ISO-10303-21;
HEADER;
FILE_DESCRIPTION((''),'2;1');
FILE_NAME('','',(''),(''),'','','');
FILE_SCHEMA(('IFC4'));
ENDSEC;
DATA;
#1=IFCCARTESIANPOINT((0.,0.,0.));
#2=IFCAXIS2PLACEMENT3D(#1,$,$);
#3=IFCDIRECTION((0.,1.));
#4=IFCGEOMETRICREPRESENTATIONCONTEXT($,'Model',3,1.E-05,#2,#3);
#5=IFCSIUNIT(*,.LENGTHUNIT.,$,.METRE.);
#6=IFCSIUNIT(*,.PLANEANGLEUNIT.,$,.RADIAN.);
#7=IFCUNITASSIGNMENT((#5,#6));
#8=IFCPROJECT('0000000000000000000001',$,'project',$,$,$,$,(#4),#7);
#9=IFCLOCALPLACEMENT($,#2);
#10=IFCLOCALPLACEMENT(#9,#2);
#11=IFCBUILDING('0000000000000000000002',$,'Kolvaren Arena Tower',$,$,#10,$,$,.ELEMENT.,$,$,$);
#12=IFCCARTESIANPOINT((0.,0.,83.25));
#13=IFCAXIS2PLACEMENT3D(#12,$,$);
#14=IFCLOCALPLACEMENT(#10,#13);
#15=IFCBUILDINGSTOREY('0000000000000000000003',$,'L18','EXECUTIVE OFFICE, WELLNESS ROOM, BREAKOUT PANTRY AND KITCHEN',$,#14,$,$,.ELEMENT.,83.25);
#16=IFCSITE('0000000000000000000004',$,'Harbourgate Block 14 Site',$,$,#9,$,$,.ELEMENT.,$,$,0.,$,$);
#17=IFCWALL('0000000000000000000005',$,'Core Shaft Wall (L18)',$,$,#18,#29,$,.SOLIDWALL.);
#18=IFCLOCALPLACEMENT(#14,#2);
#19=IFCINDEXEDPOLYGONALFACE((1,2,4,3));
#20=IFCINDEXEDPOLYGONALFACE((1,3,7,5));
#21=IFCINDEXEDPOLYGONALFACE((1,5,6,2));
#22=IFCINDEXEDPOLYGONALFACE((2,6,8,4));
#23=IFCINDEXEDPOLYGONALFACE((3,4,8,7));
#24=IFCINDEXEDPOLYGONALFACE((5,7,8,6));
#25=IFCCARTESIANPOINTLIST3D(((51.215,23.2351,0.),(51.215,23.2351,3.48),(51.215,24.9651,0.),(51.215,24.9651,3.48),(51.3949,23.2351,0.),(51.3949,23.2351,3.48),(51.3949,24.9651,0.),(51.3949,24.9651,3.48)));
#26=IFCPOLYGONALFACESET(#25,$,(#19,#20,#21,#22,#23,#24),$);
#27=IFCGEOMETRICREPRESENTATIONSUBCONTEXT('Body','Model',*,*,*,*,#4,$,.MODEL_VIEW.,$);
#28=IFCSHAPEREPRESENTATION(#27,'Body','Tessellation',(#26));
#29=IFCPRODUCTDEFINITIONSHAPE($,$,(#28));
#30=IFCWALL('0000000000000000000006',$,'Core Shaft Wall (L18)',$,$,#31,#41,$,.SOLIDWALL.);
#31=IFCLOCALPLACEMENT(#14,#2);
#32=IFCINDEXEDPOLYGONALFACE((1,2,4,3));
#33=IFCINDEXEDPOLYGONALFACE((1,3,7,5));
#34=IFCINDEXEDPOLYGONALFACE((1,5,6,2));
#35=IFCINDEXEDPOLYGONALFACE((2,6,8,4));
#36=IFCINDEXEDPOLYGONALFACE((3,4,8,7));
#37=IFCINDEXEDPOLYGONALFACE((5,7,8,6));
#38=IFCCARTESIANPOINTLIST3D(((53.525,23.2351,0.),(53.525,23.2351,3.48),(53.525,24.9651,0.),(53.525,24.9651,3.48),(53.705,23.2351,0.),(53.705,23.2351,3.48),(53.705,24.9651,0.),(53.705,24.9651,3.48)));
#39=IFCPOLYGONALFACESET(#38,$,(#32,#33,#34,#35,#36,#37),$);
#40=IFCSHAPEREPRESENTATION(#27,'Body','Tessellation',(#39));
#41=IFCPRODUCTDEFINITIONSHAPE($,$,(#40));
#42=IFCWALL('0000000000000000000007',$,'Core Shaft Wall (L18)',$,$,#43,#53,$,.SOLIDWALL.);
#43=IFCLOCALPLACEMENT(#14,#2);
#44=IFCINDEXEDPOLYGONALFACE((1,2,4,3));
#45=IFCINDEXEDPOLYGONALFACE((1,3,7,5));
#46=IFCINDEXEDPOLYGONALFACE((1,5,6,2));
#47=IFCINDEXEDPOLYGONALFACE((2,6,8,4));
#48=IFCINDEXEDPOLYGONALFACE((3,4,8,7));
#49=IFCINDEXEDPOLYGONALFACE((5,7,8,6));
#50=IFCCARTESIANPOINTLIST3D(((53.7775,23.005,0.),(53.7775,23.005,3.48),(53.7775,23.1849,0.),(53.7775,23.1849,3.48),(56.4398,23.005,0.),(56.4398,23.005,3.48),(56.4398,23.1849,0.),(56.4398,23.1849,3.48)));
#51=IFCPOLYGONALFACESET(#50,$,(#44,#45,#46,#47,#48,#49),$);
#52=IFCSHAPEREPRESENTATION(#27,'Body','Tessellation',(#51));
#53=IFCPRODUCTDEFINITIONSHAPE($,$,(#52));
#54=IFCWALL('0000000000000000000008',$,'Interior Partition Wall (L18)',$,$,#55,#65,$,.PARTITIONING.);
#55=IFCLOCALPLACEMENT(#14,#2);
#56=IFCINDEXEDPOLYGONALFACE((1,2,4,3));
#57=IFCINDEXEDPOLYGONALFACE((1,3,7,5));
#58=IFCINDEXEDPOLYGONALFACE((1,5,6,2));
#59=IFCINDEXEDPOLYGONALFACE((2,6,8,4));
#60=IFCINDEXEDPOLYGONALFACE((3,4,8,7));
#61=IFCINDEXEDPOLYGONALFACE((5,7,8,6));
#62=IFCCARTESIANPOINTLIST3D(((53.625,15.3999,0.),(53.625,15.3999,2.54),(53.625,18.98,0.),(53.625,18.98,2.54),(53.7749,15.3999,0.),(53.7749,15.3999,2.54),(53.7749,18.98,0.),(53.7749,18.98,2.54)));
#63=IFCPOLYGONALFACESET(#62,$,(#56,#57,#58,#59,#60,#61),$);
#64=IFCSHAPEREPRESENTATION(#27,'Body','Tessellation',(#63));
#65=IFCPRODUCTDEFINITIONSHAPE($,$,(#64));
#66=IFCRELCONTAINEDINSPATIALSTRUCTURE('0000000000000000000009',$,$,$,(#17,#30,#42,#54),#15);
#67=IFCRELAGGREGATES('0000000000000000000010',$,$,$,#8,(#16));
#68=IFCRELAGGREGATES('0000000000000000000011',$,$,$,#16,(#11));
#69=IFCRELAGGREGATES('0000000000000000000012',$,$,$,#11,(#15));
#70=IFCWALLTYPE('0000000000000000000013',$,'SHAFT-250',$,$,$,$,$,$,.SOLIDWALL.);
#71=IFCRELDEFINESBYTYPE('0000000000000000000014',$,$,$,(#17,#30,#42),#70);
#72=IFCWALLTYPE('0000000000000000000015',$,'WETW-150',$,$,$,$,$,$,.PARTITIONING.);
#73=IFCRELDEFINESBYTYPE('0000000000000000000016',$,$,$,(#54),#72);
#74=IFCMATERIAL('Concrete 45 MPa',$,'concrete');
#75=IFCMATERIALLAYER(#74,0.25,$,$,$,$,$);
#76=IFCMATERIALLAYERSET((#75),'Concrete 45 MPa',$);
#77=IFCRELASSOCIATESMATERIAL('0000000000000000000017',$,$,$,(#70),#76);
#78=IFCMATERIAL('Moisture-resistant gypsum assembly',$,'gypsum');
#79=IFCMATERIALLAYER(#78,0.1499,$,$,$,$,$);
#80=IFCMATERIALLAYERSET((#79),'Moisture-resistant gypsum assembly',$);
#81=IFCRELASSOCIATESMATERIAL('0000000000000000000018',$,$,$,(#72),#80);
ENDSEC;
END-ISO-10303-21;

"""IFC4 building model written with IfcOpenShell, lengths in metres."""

from ifc_helpers import new_model, si_unit, direction, frame, frame_2d, origin, place, context, subcontext, project, spatial, rectangle, extrude, material, layer, layer_set, type_object, element, save


model = new_model("IFC4")

# Units and contexts
model_context = context("Model", 3, precision=1e-05, world=origin(), true_north=direction((0.0, 1.0)))
body_context = subcontext(model_context, "Body", "Model", "MODEL_VIEW")
ifc_project = project(units=[si_unit("LENGTHUNIT", "METRE"), si_unit("PLANEANGLEUNIT", "RADIAN")], contexts=[model_context])

# Site, building, storey
site_placement = place(None, origin())
site = spatial("IfcSite", under=ifc_project, at=site_placement, Name="Harbourgate Block 14 Site", CompositionType="ELEMENT", RefElevation=0.0)
building_placement = place(site_placement, origin())
building = spatial("IfcBuilding", under=site, at=building_placement, Name="Kolvaren Arena Tower", CompositionType="ELEMENT")
storey_placement = place(building_placement, frame((0.0, 0.0, 83.25)))
storey = spatial("IfcBuildingStorey", under=building, at=storey_placement, Name="L18", Description="EXECUTIVE OFFICE, WELLNESS ROOM, BREAKOUT PANTRY AND KITCHEN", CompositionType="ELEMENT", Elevation=83.25)

# Shared definitions
ifc_material_1 = material(Name="Concrete 45 MPa", Category="concrete")
ifc_layer_1 = layer(ifc_material_1, 0.25)
ifc_layer_set_1 = layer_set([ifc_layer_1], Name="Concrete 45 MPa")
wall_type_1 = type_object("IfcWallType", Name="SHAFT-250", PredefinedType="SOLIDWALL", material=ifc_layer_set_1)

# Walls
for number, where, z_axis, x_axis, name in (
    (1, (51.3049, 23.2351, 0.0), (0.0, 0.0, 1.0), (0.0, 1.0, 0.0), "Core Shaft Wall (L18)"),
    (2, (53.615, 23.2351, 0.0), (0.0, 0.0, 1.0), (0.0, 1.0, 0.0), "Core Shaft Wall (L18)"),
):
    element("IfcWall", number, at=place(storey_placement, frame(where, z_axis=z_axis, x_axis=x_axis)), inside=storey, type_object=wall_type_1, Name=name, PredefinedType="SOLIDWALL", context=body_context, shape_type="SweptSolid", body=[
        extrude(rectangle(XDim=1.73, YDim=0.1799, at=frame_2d((0.865, 0.0))), origin(), (0.0, 0.0, 1.0), 3.48),
    ])
wall_1_placement = place(storey_placement, frame((53.7776, 23.095, 0.0), z_axis=(0.0, 0.0, 1.0), x_axis=(1.0, 0.0, 0.0)))
element("IfcWall", 3, at=wall_1_placement, inside=storey, type_object=wall_type_1, Name="Core Shaft Wall (L18)", PredefinedType="SOLIDWALL", context=body_context, shape_type="SweptSolid", body=[
    extrude(rectangle(XDim=2.6624, YDim=0.1799, at=frame_2d((1.3311, 0.0))), origin(), (0.0, 0.0, 1.0), 3.48),
])
ifc_material_2 = material(Name="Moisture-resistant gypsum assembly", Category="gypsum")
ifc_layer_2 = layer(ifc_material_2, 0.1499)
ifc_layer_set_2 = layer_set([ifc_layer_2], Name="Moisture-resistant gypsum assembly")
wall_type_2 = type_object("IfcWallType", Name="WETW-150", PredefinedType="PARTITIONING", material=ifc_layer_set_2)
wall_2_placement = place(storey_placement, frame((53.7, 15.3999, 0.0), z_axis=(0.0, 0.0, 1.0), x_axis=(0.0, 1.0, 0.0)))
element("IfcWall", 4, at=wall_2_placement, inside=storey, type_object=wall_type_2, Name="Interior Partition Wall (L18)", PredefinedType="PARTITIONING", context=body_context, shape_type="SweptSolid", body=[
    extrude(rectangle(XDim=3.5801, YDim=0.1499, at=frame_2d((1.79, 0.0))), origin(), (0.0, 0.0, 1.0), 2.54),
])

save(model, "model.ifc")
